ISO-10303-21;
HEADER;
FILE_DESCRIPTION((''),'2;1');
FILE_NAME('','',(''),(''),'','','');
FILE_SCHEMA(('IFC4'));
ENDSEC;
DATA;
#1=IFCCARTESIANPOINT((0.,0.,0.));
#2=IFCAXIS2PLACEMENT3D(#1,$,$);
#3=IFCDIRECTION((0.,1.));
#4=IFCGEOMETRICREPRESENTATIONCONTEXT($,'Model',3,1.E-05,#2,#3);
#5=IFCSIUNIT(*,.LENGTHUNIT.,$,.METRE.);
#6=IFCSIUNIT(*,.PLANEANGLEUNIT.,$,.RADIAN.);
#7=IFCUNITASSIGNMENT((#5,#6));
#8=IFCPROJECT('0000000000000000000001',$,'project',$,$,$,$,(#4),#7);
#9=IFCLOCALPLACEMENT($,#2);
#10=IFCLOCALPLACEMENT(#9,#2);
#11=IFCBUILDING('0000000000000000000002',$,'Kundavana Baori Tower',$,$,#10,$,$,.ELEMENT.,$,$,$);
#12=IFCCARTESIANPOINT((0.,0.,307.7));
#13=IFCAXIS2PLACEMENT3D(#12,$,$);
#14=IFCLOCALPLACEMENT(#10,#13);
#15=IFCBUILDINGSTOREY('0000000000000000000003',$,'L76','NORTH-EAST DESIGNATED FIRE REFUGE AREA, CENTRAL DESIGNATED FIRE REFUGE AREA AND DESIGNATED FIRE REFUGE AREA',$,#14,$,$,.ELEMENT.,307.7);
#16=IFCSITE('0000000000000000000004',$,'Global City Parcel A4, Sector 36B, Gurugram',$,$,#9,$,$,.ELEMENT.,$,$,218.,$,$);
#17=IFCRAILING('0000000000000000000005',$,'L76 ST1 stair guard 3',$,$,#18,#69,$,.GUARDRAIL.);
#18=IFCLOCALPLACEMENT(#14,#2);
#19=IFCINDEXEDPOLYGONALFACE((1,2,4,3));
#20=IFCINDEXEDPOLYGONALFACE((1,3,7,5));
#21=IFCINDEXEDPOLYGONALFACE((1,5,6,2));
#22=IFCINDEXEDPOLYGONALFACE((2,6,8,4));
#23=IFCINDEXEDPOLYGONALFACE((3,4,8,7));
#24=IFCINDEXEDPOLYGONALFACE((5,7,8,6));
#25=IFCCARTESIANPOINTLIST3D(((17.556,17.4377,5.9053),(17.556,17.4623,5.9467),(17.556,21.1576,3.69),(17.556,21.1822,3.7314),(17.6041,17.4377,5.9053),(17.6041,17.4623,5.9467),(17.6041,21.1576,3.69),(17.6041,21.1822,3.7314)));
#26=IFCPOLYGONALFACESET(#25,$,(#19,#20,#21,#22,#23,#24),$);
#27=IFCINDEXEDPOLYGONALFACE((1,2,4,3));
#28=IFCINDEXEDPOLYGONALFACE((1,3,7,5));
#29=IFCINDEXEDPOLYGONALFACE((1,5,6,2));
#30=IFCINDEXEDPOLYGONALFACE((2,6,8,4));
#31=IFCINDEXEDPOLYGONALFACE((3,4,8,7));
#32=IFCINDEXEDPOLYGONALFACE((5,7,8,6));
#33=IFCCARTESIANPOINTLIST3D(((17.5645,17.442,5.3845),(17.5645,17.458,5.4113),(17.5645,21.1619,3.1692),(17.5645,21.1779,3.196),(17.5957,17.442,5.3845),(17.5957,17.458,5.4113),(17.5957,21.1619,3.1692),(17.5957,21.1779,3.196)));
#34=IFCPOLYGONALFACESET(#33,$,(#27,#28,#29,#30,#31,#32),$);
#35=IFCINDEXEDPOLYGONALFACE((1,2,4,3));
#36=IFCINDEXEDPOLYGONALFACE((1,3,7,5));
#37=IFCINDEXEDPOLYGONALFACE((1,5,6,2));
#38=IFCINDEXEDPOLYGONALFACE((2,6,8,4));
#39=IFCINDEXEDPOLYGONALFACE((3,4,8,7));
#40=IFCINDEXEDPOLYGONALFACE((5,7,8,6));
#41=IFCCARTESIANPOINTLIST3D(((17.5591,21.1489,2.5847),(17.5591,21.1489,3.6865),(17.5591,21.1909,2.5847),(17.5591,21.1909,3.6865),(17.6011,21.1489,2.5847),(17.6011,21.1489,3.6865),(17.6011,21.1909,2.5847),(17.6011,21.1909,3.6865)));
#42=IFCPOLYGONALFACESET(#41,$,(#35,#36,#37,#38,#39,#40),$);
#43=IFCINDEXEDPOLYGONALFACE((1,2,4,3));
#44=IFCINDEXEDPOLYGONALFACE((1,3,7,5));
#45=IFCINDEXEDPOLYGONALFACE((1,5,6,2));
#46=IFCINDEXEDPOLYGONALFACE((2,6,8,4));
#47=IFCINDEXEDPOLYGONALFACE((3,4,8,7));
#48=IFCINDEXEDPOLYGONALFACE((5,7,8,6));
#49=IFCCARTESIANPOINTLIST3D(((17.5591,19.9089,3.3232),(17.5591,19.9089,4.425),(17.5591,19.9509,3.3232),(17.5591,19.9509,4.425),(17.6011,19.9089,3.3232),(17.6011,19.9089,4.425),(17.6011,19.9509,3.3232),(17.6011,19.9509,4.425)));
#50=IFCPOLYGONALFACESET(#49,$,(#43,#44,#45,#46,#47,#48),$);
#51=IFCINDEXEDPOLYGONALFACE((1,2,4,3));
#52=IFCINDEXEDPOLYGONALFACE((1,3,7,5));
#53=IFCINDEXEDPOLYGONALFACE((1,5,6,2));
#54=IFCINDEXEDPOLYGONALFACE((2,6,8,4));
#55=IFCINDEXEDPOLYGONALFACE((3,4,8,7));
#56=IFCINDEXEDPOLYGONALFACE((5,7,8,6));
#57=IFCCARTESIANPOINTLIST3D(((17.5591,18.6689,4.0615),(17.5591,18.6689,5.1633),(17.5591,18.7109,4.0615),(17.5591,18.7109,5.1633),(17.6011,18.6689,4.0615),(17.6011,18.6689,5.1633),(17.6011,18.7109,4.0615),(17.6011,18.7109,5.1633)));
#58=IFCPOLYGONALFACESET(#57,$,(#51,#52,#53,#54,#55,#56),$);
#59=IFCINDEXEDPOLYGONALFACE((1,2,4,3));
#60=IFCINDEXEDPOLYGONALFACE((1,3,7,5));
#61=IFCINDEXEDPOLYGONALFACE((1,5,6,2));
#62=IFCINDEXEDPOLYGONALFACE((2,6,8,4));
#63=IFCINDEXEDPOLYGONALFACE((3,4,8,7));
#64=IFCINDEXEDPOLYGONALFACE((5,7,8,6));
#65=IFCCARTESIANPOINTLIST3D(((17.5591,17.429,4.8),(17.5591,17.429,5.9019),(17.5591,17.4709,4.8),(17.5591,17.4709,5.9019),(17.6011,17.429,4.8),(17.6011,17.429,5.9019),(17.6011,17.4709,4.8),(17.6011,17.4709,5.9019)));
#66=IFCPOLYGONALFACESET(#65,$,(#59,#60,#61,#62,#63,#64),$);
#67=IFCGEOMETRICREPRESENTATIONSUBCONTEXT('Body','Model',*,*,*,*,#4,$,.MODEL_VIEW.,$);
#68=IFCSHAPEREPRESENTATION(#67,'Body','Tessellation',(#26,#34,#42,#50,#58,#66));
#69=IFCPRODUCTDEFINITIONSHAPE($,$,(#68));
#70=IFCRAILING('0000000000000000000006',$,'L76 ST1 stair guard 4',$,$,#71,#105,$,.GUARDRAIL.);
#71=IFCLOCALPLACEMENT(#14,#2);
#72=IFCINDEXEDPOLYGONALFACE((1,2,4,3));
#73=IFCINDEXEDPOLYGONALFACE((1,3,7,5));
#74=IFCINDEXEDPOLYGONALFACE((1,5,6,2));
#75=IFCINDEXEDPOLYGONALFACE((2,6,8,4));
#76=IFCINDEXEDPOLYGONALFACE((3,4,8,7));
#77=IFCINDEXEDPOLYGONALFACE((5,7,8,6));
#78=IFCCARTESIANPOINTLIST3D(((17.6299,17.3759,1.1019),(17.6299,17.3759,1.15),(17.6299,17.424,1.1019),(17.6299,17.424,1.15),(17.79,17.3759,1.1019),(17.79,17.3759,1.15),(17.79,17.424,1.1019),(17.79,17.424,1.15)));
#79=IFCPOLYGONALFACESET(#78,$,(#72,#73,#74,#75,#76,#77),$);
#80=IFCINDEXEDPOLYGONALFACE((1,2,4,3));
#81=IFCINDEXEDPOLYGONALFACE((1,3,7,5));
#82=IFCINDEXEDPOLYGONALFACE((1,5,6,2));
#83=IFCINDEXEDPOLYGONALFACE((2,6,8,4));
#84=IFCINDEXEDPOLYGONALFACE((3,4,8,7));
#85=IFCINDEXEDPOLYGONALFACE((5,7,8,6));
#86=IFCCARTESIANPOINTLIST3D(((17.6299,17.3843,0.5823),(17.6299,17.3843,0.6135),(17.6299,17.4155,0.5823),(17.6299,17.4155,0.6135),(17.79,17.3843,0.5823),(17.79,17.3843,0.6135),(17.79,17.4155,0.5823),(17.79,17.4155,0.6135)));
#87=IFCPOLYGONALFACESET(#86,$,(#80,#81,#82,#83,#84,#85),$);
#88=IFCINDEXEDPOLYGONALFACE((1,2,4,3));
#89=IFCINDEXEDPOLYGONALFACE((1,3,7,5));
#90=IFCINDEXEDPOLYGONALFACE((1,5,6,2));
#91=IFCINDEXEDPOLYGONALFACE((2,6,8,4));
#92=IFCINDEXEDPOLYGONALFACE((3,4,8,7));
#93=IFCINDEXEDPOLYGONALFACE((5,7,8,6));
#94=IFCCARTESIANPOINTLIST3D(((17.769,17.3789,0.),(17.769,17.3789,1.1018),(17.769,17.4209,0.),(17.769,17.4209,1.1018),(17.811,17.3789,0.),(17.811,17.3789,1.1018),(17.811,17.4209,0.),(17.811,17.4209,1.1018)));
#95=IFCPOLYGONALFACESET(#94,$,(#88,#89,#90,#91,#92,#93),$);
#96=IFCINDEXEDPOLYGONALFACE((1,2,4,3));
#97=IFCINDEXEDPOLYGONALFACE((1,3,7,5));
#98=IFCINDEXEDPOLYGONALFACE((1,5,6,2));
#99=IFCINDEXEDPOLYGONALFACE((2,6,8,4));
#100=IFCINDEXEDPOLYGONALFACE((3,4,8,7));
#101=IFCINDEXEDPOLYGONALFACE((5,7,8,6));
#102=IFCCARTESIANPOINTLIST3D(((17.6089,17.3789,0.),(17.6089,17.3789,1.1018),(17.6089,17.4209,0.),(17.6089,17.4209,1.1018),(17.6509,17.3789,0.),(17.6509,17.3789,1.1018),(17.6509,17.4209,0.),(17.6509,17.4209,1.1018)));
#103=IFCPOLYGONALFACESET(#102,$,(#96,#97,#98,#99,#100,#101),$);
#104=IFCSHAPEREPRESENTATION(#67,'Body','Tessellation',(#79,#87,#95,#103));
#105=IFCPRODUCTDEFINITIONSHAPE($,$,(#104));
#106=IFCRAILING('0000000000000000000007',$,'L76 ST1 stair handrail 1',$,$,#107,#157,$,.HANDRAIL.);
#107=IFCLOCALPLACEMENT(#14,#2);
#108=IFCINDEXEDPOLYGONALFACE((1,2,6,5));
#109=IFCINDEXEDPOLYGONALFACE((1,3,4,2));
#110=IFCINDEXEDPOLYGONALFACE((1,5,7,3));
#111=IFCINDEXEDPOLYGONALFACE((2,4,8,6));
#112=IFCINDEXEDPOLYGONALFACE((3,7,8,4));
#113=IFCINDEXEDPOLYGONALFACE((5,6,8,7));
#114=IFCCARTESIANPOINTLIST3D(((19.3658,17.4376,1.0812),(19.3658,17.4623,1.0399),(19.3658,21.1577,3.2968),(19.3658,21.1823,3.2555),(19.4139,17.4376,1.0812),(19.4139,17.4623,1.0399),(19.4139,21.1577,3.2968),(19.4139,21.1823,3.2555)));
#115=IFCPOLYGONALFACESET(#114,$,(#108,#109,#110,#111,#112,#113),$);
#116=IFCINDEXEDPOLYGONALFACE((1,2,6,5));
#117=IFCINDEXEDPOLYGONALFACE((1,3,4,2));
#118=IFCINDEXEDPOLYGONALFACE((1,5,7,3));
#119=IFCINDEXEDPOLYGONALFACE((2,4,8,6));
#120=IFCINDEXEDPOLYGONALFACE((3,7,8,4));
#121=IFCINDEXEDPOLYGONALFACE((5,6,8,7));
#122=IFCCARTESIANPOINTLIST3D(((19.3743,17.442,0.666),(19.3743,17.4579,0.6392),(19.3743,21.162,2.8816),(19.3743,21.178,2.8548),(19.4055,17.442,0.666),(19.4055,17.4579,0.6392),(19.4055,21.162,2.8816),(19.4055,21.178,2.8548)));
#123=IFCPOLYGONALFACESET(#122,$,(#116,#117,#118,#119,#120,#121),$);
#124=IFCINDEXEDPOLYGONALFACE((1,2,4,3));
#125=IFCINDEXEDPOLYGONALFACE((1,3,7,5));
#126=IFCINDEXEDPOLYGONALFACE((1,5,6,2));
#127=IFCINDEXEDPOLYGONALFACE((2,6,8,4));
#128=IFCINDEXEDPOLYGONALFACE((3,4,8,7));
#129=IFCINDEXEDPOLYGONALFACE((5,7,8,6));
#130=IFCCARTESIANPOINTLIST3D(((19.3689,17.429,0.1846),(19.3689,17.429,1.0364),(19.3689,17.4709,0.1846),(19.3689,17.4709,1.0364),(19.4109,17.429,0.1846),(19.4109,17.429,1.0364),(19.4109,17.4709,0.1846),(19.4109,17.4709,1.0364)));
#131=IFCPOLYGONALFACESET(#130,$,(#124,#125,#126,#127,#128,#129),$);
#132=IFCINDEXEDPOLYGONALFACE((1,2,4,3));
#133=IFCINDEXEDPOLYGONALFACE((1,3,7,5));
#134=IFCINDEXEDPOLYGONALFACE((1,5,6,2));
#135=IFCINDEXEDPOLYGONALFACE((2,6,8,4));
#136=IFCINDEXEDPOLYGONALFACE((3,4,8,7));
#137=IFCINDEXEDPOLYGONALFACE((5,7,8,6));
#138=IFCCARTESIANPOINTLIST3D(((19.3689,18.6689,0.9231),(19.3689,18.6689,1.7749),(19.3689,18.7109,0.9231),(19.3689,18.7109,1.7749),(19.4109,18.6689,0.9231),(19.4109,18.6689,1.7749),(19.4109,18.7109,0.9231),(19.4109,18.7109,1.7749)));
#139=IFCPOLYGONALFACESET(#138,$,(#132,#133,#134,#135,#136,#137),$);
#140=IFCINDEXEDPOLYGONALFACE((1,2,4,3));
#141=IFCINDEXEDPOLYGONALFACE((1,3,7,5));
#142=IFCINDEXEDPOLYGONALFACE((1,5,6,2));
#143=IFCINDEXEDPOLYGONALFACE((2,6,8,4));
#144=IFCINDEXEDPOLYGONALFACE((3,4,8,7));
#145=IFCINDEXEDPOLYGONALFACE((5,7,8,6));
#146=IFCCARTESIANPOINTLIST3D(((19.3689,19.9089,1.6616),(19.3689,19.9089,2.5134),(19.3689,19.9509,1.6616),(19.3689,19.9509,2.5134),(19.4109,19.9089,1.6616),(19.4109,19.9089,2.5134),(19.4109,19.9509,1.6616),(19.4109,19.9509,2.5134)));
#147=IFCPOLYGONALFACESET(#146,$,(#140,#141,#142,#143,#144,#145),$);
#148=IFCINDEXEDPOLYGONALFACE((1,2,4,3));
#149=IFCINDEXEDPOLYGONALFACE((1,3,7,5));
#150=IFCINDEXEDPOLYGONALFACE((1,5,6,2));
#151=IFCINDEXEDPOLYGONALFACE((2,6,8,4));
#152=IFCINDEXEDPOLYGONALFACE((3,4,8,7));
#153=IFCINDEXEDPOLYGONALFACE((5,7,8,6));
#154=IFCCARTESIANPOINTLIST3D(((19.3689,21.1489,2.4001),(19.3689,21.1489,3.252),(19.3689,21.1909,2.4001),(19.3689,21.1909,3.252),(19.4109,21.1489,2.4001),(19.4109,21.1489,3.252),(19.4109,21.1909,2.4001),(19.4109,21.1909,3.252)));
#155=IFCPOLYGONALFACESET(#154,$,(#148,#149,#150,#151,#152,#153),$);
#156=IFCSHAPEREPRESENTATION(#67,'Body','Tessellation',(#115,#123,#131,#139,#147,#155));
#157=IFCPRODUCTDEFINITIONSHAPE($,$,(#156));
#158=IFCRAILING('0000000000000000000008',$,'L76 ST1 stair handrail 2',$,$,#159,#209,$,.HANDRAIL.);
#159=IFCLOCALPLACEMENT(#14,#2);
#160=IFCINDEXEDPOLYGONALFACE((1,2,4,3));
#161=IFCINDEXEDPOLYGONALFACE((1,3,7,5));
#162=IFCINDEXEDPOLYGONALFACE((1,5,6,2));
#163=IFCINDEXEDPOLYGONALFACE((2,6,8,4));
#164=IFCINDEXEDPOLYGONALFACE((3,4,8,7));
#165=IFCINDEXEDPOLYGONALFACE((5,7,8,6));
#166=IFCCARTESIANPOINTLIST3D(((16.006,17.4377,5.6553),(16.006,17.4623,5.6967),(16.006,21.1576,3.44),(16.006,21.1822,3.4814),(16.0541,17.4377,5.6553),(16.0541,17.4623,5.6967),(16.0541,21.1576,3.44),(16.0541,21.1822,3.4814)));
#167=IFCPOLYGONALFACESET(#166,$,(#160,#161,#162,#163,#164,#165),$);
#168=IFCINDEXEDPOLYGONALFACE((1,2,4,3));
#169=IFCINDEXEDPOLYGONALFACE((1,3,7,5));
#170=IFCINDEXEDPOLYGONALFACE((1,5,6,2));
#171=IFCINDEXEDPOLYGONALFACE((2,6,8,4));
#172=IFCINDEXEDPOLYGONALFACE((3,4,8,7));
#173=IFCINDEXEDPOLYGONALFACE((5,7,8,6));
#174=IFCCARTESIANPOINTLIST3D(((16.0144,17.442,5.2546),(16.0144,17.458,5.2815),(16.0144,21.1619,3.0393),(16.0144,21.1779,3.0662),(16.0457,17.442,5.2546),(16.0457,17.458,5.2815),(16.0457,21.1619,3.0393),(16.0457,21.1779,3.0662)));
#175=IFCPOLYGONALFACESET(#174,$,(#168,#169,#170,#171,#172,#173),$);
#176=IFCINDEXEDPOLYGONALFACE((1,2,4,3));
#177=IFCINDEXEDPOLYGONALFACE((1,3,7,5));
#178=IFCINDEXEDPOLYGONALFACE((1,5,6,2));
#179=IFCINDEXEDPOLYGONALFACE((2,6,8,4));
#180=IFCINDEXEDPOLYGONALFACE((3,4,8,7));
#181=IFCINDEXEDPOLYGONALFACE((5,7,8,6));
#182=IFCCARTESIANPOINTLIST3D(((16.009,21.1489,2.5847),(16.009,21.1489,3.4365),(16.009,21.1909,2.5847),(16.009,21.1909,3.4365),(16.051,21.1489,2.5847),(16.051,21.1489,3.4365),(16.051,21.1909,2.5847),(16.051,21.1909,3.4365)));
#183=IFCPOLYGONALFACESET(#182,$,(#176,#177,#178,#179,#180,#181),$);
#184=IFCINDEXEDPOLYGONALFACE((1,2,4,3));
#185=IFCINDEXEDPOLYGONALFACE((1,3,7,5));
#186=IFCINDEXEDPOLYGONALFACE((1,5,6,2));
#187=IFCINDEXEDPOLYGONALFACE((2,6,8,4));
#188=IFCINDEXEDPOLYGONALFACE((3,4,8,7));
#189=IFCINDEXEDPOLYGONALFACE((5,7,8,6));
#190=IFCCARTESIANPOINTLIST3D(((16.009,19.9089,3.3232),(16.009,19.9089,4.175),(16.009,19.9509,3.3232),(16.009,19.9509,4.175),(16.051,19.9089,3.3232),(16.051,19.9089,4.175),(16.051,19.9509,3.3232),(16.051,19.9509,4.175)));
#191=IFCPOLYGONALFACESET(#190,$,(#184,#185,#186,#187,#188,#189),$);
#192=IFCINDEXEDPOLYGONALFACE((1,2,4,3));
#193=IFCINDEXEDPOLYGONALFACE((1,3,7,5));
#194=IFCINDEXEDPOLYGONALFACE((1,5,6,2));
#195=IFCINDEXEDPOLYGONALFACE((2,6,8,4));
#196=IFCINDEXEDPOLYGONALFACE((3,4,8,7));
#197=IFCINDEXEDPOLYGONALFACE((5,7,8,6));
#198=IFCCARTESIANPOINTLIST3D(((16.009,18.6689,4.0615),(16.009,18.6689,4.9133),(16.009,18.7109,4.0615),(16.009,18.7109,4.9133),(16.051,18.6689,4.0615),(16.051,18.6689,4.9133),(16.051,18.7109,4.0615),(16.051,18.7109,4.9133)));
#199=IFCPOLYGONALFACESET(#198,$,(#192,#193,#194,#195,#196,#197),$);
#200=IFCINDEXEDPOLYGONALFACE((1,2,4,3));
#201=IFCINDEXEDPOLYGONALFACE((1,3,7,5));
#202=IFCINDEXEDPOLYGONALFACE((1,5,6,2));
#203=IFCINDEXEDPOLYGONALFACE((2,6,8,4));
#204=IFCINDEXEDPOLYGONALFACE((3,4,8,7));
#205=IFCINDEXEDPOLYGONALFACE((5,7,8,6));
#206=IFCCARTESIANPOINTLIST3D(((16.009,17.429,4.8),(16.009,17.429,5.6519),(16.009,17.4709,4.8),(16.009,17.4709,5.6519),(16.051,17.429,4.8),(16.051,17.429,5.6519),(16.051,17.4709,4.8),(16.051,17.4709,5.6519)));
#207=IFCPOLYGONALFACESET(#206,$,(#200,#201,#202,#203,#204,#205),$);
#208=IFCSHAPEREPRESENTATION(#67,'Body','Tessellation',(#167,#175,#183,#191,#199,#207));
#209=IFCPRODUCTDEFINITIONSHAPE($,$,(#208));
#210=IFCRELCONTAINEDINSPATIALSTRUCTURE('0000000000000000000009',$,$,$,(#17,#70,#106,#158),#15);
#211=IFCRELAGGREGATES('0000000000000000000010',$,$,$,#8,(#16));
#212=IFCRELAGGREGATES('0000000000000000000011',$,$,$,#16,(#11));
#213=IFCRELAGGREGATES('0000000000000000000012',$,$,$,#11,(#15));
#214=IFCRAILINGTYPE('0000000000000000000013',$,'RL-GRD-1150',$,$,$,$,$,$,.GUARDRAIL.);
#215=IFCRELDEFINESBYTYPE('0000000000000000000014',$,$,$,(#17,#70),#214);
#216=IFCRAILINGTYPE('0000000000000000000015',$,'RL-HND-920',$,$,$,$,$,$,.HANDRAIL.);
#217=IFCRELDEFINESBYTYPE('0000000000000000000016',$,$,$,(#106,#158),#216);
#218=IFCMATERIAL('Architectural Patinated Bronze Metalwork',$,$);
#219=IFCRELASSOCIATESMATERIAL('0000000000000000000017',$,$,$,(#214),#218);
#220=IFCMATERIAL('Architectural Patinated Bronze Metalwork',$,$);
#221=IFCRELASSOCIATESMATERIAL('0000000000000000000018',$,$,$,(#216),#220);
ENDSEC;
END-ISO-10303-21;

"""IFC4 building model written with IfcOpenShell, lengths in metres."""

from ifc_helpers import new_model, si_unit, direction, frame, origin, origin_2d, place, context, subcontext, project, spatial, rectangle, extrude, material, type_object, element, save


model = new_model("IFC4")

# Units and contexts
model_context = context("Model", 3, precision=1e-05, world=origin(), true_north=direction((0.0, 1.0)))
body_context = subcontext(model_context, "Body", "Model", "MODEL_VIEW")
ifc_project = project(units=[si_unit("LENGTHUNIT", "METRE"), si_unit("PLANEANGLEUNIT", "RADIAN")], contexts=[model_context])

# Site, building, storey
site_placement = place(None, origin())
site = spatial("IfcSite", under=ifc_project, at=site_placement, Name="Global City Parcel A4, Sector 36B, Gurugram", CompositionType="ELEMENT", RefElevation=218.0)
building_placement = place(site_placement, origin())
building = spatial("IfcBuilding", under=site, at=building_placement, Name="Kundavana Baori Tower", CompositionType="ELEMENT")
storey_placement = place(building_placement, frame((0.0, 0.0, 307.7)))
storey = spatial("IfcBuildingStorey", under=building, at=storey_placement, Name="L76", Description="NORTH-EAST DESIGNATED FIRE REFUGE AREA, CENTRAL DESIGNATED FIRE REFUGE AREA AND DESIGNATED FIRE REFUGE AREA", CompositionType="ELEMENT", Elevation=307.7)

# Railings
ifc_material_1 = material(Name="Architectural Patinated Bronze Metalwork")
railing_type_1 = type_object("IfcRailingType", Name="RL-GRD-1150", PredefinedType="GUARDRAIL", material=ifc_material_1)
railing_1_placement = place(storey_placement, frame((17.5801, 21.1699, 2.5847)))
element("IfcRailing", 1, at=railing_1_placement, inside=storey, type_object=railing_type_1, Name="L76 ST1 stair guard 3", PredefinedType="GUARDRAIL", context=body_context, shape_type="SweptSolid", body=[
    extrude(rectangle(XDim=0.0481, YDim=0.0481, at=origin_2d()), frame((0.0, 0.0, 1.126), z_axis=(0.0, -0.859185, 0.511665), x_axis=(1.0, 0.0, 0.0)), (0.0, 0.0, 1.0), 4.3296),
    extrude(rectangle(XDim=0.0312, YDim=0.0312, at=origin_2d()), frame((0.0, 0.0, 0.5979), z_axis=(0.0, -0.859185, 0.511665), x_axis=(1.0, 0.0, 0.0)), (0.0, 0.0, 1.0), 4.3296),
    extrude(rectangle(XDim=0.042, YDim=0.042, at=origin_2d()), origin(), (0.0, 0.0, 1.0), 1.1018),
    extrude(rectangle(XDim=0.042, YDim=0.042, at=origin_2d()), frame((0.0, -1.24, 0.7385)), (0.0, 0.0, 1.0), 1.1018),
    extrude(rectangle(XDim=0.042, YDim=0.042, at=origin_2d()), frame((0.0, -2.48, 1.4768)), (0.0, 0.0, 1.0), 1.1018),
    extrude(rectangle(XDim=0.042, YDim=0.042, at=origin_2d()), frame((0.0, -3.72, 2.2153)), (0.0, 0.0, 1.0), 1.1018),
])
railing_2_placement = place(storey_placement, frame((17.79, 17.3999, 0.0)))
element("IfcRailing", 2, at=railing_2_placement, inside=storey, type_object=railing_type_1, Name="L76 ST1 stair guard 4", PredefinedType="GUARDRAIL", context=body_context, shape_type="SweptSolid", body=[
    extrude(rectangle(XDim=0.0481, YDim=0.0481, at=origin_2d()), frame((0.0, 0.0, 1.126), z_axis=(-1.0, 0.0, 0.0), x_axis=(0.0, -1.0, 0.0)), (0.0, 0.0, 1.0), 0.1602),
    extrude(rectangle(XDim=0.0312, YDim=0.0312, at=origin_2d()), frame((0.0, 0.0, 0.5979), z_axis=(-1.0, 0.0, 0.0), x_axis=(0.0, -1.0, 0.0)), (0.0, 0.0, 1.0), 0.1602),
    extrude(rectangle(XDim=0.042, YDim=0.042, at=origin_2d()), origin(), (0.0, 0.0, 1.0), 1.1018),
    extrude(rectangle(XDim=0.042, YDim=0.042, at=origin_2d()), frame((-0.1602, 0.0, 0.0)), (0.0, 0.0, 1.0), 1.1018),
])
ifc_material_2 = material(Name="Architectural Patinated Bronze Metalwork")
railing_type_2 = type_object("IfcRailingType", Name="RL-HND-920", PredefinedType="HANDRAIL", material=ifc_material_2)
railing_3_placement = place(storey_placement, frame((19.3899, 17.45, 0.1846)))
element("IfcRailing", 3, at=railing_3_placement, inside=storey, type_object=railing_type_2, Name="L76 ST1 stair handrail 1", PredefinedType="HANDRAIL", context=body_context, shape_type="SweptSolid", body=[
    extrude(rectangle(XDim=0.0481, YDim=0.0481, at=origin_2d()), frame((0.0, 0.0, 0.876), z_axis=(0.0, 0.85916, 0.511707), x_axis=(-1.0, 0.0, 0.0)), (0.0, 0.0, 1.0), 4.3298),
    extrude(rectangle(XDim=0.0312, YDim=0.0312, at=origin_2d()), frame((0.0, 0.0, 0.468), z_axis=(0.0, 0.85916, 0.511707), x_axis=(-1.0, 0.0, 0.0)), (0.0, 0.0, 1.0), 4.3298),
    extrude(rectangle(XDim=0.042, YDim=0.042, at=origin_2d()), origin(), (0.0, 0.0, 1.0), 0.8518),
    extrude(rectangle(XDim=0.042, YDim=0.042, at=origin_2d()), frame((0.0, 1.24, 0.7385)), (0.0, 0.0, 1.0), 0.8518),
    extrude(rectangle(XDim=0.042, YDim=0.042, at=origin_2d()), frame((0.0, 2.48, 1.4771)), (0.0, 0.0, 1.0), 0.8518),
    extrude(rectangle(XDim=0.042, YDim=0.042, at=origin_2d()), frame((0.0, 3.72, 2.2156)), (0.0, 0.0, 1.0), 0.8518),
])
railing_4_placement = place(storey_placement, frame((16.03, 21.1699, 2.5847)))
element("IfcRailing", 4, at=railing_4_placement, inside=storey, type_object=railing_type_2, Name="L76 ST1 stair handrail 2", PredefinedType="HANDRAIL", context=body_context, shape_type="SweptSolid", body=[
    extrude(rectangle(XDim=0.0481, YDim=0.0481, at=origin_2d()), frame((0.0, 0.0, 0.876), z_axis=(0.0, -0.859185, 0.511665), x_axis=(1.0, 0.0, 0.0)), (0.0, 0.0, 1.0), 4.3296),
    extrude(rectangle(XDim=0.0312, YDim=0.0312, at=origin_2d()), frame((0.0, 0.0, 0.468), z_axis=(0.0, -0.859185, 0.511665), x_axis=(1.0, 0.0, 0.0)), (0.0, 0.0, 1.0), 4.3296),
    extrude(rectangle(XDim=0.042, YDim=0.042, at=origin_2d()), origin(), (0.0, 0.0, 1.0), 0.8518),
    extrude(rectangle(XDim=0.042, YDim=0.042, at=origin_2d()), frame((0.0, -1.24, 0.7385)), (0.0, 0.0, 1.0), 0.8518),
    extrude(rectangle(XDim=0.042, YDim=0.042, at=origin_2d()), frame((0.0, -2.48, 1.4768)), (0.0, 0.0, 1.0), 0.8518),
    extrude(rectangle(XDim=0.042, YDim=0.042, at=origin_2d()), frame((0.0, -3.72, 2.2153)), (0.0, 0.0, 1.0), 0.8518),
])

save(model, "model.ifc")
